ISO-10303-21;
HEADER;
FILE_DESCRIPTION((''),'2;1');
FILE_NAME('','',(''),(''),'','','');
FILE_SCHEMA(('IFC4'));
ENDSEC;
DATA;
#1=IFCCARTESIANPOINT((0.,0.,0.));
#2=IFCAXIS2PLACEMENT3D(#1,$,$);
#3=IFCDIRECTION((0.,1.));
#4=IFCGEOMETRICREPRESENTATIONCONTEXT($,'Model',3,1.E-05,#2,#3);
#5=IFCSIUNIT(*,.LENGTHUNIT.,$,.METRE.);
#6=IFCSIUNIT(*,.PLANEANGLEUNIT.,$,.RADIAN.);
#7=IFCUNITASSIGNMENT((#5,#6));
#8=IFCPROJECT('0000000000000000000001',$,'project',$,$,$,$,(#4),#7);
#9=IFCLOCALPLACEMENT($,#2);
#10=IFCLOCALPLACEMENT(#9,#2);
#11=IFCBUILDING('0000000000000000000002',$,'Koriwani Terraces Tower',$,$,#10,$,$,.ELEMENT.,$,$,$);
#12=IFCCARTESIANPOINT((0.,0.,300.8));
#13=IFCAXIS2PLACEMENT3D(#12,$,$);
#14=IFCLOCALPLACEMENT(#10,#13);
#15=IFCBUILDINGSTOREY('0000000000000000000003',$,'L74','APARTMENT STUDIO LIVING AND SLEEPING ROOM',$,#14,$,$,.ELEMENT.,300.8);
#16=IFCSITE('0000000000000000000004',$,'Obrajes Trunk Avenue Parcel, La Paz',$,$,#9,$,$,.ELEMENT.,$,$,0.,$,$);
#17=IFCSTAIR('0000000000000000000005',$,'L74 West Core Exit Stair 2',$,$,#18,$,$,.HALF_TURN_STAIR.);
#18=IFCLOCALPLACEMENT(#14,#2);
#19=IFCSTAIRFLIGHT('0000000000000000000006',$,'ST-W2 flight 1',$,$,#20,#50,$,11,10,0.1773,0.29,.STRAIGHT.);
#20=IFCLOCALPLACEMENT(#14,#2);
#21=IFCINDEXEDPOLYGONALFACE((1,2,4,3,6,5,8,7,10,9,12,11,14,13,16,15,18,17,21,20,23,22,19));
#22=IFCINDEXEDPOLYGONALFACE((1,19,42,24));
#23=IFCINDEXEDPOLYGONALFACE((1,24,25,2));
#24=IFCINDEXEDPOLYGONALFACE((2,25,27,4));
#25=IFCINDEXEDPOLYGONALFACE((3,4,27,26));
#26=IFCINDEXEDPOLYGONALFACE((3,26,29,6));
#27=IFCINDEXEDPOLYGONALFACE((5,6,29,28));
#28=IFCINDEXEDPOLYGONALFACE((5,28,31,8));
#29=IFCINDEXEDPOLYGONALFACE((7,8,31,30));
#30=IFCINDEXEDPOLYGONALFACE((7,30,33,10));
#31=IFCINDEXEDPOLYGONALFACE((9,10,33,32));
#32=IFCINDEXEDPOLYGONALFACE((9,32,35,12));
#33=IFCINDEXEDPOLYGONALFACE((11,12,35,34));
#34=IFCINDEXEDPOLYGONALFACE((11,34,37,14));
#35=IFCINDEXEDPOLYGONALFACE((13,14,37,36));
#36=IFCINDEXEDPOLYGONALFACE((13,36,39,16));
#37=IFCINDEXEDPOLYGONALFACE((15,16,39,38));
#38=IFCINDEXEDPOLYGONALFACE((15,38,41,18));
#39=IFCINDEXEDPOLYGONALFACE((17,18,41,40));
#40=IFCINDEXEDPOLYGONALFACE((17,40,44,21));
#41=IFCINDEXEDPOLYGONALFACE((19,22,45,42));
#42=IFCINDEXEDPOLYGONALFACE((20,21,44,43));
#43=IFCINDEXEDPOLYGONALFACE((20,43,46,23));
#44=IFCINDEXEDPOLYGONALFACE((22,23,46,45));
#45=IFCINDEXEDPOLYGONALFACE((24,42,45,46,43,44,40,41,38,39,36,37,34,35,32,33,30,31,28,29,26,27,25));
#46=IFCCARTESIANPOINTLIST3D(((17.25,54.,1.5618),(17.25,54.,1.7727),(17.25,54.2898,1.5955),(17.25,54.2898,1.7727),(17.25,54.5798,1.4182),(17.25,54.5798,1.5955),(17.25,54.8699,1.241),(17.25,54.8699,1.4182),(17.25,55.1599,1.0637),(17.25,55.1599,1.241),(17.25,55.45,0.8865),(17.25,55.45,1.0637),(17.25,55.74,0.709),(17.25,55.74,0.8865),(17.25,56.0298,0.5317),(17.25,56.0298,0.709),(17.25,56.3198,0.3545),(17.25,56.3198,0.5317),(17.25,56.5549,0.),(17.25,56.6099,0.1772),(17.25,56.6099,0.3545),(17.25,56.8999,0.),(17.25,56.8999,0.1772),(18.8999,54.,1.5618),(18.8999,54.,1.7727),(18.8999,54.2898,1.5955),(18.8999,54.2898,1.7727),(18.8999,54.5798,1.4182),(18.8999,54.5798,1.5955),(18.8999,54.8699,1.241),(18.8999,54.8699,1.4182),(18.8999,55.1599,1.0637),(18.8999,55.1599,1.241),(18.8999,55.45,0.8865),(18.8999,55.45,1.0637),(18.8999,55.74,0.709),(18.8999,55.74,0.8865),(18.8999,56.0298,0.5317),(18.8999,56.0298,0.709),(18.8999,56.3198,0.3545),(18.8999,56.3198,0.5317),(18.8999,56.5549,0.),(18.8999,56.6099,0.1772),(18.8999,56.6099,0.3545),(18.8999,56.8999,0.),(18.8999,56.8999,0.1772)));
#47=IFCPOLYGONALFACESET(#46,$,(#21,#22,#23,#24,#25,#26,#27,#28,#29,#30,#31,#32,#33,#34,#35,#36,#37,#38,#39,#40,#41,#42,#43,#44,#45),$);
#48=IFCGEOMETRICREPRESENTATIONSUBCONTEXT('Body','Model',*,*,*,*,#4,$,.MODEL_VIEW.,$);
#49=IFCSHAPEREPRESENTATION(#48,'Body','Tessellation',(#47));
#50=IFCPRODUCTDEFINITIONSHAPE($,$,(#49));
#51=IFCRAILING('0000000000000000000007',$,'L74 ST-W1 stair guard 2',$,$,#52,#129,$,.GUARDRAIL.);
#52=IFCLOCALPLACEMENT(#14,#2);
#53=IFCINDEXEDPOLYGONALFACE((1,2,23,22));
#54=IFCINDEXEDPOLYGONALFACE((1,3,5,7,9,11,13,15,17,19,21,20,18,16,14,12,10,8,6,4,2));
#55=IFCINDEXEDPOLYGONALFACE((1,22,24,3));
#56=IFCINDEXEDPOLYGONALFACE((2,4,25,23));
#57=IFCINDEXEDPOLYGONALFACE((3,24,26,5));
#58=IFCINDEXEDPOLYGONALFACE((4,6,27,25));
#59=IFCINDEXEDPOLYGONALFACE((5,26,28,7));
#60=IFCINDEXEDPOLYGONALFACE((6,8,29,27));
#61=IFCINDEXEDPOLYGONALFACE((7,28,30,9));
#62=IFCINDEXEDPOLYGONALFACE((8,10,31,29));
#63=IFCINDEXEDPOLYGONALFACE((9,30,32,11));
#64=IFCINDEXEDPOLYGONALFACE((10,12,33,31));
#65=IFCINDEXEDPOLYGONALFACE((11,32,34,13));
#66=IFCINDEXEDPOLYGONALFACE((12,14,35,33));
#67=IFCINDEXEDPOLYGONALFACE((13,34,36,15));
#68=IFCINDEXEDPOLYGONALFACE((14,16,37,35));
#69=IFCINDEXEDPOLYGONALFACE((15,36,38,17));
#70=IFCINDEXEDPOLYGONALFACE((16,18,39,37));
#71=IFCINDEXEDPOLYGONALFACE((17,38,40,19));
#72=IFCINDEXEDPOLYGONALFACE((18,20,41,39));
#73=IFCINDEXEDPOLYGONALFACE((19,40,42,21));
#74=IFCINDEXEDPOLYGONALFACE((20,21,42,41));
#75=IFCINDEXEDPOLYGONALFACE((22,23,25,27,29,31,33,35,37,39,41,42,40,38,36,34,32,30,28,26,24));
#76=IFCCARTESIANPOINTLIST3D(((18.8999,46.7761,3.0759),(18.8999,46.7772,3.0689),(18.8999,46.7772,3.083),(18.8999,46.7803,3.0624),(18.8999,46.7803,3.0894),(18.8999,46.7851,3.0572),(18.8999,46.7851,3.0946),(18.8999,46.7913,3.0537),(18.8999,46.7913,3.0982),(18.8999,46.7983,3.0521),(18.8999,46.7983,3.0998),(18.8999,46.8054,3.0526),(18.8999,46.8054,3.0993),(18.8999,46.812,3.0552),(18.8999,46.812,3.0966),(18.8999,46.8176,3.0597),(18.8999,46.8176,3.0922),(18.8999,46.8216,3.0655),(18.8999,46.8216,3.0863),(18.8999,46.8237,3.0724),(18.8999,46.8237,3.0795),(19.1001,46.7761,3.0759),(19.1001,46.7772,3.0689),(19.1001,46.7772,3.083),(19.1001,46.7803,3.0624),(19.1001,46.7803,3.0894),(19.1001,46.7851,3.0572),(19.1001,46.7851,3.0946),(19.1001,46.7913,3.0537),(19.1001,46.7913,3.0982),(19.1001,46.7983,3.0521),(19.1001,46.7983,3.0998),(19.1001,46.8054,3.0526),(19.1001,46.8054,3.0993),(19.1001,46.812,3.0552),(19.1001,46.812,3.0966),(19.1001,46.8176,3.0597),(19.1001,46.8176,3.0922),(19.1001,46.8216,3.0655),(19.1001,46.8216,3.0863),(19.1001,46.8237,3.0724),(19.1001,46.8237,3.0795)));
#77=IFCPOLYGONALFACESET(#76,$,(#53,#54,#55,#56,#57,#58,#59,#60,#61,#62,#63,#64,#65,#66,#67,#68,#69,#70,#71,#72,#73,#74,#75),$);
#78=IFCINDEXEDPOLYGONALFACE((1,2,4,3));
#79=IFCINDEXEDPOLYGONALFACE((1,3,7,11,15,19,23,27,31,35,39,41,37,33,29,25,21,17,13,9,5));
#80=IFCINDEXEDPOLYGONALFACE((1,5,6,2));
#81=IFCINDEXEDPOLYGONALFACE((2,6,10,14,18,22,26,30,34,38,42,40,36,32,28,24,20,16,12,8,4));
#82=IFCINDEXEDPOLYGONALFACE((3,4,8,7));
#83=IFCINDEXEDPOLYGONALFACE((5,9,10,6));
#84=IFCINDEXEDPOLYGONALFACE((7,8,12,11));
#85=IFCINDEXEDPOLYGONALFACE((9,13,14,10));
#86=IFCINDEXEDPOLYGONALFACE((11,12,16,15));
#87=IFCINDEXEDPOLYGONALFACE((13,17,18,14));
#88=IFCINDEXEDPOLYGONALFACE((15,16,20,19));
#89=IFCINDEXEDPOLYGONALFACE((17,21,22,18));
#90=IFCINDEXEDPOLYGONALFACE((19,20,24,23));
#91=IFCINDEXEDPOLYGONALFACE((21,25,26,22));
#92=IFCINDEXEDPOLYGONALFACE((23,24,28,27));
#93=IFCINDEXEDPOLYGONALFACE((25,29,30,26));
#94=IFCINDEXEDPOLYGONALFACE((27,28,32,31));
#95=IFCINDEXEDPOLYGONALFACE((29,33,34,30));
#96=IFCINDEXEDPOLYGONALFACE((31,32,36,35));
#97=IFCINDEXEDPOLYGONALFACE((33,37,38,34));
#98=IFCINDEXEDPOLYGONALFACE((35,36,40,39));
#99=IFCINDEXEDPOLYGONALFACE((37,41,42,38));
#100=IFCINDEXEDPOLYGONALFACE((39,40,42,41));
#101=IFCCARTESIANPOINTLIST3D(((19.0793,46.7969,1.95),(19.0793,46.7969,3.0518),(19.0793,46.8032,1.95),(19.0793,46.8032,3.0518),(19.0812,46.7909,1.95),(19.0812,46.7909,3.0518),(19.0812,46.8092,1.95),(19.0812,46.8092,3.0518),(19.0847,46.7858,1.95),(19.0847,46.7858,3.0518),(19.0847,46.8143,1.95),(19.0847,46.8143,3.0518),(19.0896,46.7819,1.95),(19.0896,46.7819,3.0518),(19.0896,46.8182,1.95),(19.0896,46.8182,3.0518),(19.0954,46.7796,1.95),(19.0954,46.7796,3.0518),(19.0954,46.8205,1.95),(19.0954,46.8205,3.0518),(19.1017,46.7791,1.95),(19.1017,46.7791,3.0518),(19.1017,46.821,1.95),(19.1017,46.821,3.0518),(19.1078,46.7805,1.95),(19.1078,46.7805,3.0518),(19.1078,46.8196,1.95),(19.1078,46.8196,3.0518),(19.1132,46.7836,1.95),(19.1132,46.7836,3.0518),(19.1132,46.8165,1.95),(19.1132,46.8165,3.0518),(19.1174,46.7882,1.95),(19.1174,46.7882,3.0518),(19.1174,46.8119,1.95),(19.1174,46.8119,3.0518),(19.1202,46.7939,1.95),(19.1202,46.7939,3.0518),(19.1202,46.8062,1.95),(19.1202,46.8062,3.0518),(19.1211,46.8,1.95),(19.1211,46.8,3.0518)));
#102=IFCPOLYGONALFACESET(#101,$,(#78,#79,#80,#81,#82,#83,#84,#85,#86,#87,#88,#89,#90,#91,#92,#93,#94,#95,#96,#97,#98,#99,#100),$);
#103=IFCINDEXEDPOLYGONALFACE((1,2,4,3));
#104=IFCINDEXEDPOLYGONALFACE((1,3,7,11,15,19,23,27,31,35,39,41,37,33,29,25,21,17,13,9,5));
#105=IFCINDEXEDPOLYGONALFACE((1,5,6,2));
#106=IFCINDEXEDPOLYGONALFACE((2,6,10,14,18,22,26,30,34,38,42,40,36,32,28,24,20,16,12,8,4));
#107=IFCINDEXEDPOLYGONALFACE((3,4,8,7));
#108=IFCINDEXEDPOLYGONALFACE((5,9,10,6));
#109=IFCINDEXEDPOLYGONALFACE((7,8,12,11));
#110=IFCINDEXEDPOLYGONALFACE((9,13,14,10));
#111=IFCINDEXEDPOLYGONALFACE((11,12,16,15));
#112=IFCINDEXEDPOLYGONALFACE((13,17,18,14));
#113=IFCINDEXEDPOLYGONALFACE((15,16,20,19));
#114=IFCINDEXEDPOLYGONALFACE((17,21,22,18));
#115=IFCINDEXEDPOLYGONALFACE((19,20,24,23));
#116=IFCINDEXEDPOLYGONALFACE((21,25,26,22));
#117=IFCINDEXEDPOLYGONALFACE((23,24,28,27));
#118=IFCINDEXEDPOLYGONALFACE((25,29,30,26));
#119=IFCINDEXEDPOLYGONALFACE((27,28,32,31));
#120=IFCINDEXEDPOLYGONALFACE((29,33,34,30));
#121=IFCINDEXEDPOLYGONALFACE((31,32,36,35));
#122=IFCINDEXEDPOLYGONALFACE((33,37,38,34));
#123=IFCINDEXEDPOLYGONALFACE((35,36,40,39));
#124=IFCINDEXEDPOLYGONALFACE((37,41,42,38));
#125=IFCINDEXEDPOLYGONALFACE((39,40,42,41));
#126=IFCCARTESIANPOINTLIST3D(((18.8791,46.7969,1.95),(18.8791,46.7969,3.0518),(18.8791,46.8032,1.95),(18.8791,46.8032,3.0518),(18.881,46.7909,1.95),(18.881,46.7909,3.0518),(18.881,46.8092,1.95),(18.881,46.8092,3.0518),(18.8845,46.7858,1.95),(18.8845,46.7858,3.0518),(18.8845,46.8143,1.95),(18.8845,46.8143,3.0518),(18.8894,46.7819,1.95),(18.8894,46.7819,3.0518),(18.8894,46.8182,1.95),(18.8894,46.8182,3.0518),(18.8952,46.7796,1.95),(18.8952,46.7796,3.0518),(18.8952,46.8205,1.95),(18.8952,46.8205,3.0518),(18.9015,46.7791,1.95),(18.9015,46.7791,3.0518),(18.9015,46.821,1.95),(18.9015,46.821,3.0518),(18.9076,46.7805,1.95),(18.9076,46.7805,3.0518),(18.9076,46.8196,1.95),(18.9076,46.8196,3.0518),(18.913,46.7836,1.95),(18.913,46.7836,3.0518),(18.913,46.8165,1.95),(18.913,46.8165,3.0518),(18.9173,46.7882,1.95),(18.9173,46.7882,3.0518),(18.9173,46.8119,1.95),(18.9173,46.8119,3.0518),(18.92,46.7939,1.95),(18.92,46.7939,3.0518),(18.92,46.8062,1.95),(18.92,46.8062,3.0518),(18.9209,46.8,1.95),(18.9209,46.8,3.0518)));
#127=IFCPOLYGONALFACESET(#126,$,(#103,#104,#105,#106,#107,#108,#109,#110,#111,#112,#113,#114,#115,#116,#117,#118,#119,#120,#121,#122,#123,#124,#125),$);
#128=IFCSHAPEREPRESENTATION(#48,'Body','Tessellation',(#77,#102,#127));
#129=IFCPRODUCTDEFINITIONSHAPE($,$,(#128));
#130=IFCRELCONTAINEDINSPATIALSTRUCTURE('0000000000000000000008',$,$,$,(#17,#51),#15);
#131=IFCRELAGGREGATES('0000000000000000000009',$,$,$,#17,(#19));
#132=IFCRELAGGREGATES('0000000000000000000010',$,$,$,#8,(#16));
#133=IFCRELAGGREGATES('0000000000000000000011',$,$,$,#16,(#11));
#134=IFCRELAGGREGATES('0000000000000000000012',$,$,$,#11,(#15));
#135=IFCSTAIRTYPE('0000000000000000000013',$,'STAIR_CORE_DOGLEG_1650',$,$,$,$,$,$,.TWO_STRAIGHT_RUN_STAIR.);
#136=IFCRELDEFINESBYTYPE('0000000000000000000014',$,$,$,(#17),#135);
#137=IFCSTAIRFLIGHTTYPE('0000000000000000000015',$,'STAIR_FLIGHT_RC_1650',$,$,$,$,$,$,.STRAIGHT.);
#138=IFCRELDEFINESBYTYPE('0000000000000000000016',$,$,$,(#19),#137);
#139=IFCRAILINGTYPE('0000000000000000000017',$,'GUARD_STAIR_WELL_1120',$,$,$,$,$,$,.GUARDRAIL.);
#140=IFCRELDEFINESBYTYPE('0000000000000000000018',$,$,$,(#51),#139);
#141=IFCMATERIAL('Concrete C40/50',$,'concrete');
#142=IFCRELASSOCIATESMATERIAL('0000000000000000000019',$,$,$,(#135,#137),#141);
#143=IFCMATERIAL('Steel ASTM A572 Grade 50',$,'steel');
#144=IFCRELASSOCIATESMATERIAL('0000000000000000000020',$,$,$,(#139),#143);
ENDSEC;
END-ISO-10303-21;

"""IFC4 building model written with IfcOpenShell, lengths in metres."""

from ifc_helpers import new_model, si_unit, direction, frame, origin, origin_2d, place, context, subcontext, project, spatial, polyline, circle, outline, extrude, material, type_object, element, aggregate, save


model = new_model("IFC4")

# Units and contexts
model_context = context("Model", 3, precision=1e-05, world=origin(), true_north=direction((0.0, 1.0)))
body_context = subcontext(model_context, "Body", "Model", "MODEL_VIEW")
ifc_project = project(units=[si_unit("LENGTHUNIT", "METRE"), si_unit("PLANEANGLEUNIT", "RADIAN")], contexts=[model_context])

# Site, building, storey
site_placement = place(None, origin())
site = spatial("IfcSite", under=ifc_project, at=site_placement, Name="Obrajes Trunk Avenue Parcel, La Paz", CompositionType="ELEMENT", RefElevation=0.0)
building_placement = place(site_placement, origin())
building = spatial("IfcBuilding", under=site, at=building_placement, Name="Koriwani Terraces Tower", CompositionType="ELEMENT")
storey_placement = place(building_placement, frame((0.0, 0.0, 300.8)))
storey = spatial("IfcBuildingStorey", under=building, at=storey_placement, Name="L74", Description="APARTMENT STUDIO LIVING AND SLEEPING ROOM", CompositionType="ELEMENT", Elevation=300.8)

# Shared definitions
ifc_material_1 = material(Name="Concrete C40/50", Category="concrete")

# Shared definitions
ifc_material_2 = material(Name="Steel ASTM A572 Grade 50", Category="steel")

# Stair, stair flight
stair_type = type_object("IfcStairType", Name="STAIR_CORE_DOGLEG_1650", PredefinedType="TWO_STRAIGHT_RUN_STAIR", material=ifc_material_1)
stair_placement = place(storey_placement, origin())
stair = element("IfcStair", 1, at=stair_placement, inside=storey, type_object=stair_type, Name="L74 West Core Exit Stair 2", PredefinedType="HALF_TURN_STAIR")
stair_flight_type = type_object("IfcStairFlightType", Name="STAIR_FLIGHT_RC_1650", PredefinedType="STRAIGHT", material=ifc_material_1)
stair_flight_placement = place(storey_placement, frame((18.075, 56.8999, 0.0), z_axis=(0.0, 0.0, 1.0), x_axis=(0.0, -1.0, 0.0)))
stair_flight = element("IfcStairFlight", 2, at=stair_flight_placement, type_object=stair_flight_type, Name="ST-W2 flight 1", NumberOfRisers=11, NumberOfTreads=10, PredefinedType="STRAIGHT", RiserHeight=0.1773, TreadLength=0.29, context=body_context, shape_type="SweptSolid", body=[
    extrude(outline(polyline([(0.0, 0.0), (0.0, 0.1772), (0.29, 0.1772), (0.29, 0.3545), (0.5801, 0.3545), (0.5801, 0.5317), (0.8701, 0.5317), (0.8701, 0.709), (1.1599, 0.709), (1.1599, 0.8865), (1.45, 0.8865), (1.45, 1.0637), (1.74, 1.0637), (1.74, 1.241), (2.03, 1.241), (2.03, 1.4182), (2.3201, 1.4182), (2.3201, 1.5955), (2.6101, 1.5955), (2.6101, 1.7727), (2.8999, 1.7727), (2.8999, 1.95), (2.8999, 1.5618), (0.345, 0.0), (0.0, 0.0)])), frame((0.0, 0.825, 0.0), z_axis=(0.0, -1.0, 0.0), x_axis=(1.0, 0.0, 0.0)), (0.0, 0.0, 1.0), 1.6499),
])
aggregate(stair, [stair_flight])

# Railing
railing_type_1 = type_object("IfcRailingType", Name="GUARD_STAIR_WELL_1120", PredefinedType="GUARDRAIL", material=ifc_material_2)
railing_1_placement = place(storey_placement, frame((19.1001, 46.8, 1.95)))
element("IfcRailing", 3, at=railing_1_placement, inside=storey, type_object=railing_type_1, Name="L74 ST-W1 stair guard 2", PredefinedType="GUARDRAIL", context=body_context, shape_type="SweptSolid", body=[
    extrude(circle(Radius=0.0239, at=origin_2d()), frame((0.0, 0.0, 1.126), z_axis=(-1.0, 0.0, 0.0), x_axis=(0.0, -1.0, 0.0)), (0.0, 0.0, 1.0), 0.2002),
    extrude(circle(Radius=0.021, at=origin_2d()), origin(), (0.0, 0.0, 1.0), 1.1018),
    extrude(circle(Radius=0.021, at=origin_2d()), frame((-0.2002, 0.0, 0.0)), (0.0, 0.0, 1.0), 1.1018),
])

save(model, "model.ifc")
